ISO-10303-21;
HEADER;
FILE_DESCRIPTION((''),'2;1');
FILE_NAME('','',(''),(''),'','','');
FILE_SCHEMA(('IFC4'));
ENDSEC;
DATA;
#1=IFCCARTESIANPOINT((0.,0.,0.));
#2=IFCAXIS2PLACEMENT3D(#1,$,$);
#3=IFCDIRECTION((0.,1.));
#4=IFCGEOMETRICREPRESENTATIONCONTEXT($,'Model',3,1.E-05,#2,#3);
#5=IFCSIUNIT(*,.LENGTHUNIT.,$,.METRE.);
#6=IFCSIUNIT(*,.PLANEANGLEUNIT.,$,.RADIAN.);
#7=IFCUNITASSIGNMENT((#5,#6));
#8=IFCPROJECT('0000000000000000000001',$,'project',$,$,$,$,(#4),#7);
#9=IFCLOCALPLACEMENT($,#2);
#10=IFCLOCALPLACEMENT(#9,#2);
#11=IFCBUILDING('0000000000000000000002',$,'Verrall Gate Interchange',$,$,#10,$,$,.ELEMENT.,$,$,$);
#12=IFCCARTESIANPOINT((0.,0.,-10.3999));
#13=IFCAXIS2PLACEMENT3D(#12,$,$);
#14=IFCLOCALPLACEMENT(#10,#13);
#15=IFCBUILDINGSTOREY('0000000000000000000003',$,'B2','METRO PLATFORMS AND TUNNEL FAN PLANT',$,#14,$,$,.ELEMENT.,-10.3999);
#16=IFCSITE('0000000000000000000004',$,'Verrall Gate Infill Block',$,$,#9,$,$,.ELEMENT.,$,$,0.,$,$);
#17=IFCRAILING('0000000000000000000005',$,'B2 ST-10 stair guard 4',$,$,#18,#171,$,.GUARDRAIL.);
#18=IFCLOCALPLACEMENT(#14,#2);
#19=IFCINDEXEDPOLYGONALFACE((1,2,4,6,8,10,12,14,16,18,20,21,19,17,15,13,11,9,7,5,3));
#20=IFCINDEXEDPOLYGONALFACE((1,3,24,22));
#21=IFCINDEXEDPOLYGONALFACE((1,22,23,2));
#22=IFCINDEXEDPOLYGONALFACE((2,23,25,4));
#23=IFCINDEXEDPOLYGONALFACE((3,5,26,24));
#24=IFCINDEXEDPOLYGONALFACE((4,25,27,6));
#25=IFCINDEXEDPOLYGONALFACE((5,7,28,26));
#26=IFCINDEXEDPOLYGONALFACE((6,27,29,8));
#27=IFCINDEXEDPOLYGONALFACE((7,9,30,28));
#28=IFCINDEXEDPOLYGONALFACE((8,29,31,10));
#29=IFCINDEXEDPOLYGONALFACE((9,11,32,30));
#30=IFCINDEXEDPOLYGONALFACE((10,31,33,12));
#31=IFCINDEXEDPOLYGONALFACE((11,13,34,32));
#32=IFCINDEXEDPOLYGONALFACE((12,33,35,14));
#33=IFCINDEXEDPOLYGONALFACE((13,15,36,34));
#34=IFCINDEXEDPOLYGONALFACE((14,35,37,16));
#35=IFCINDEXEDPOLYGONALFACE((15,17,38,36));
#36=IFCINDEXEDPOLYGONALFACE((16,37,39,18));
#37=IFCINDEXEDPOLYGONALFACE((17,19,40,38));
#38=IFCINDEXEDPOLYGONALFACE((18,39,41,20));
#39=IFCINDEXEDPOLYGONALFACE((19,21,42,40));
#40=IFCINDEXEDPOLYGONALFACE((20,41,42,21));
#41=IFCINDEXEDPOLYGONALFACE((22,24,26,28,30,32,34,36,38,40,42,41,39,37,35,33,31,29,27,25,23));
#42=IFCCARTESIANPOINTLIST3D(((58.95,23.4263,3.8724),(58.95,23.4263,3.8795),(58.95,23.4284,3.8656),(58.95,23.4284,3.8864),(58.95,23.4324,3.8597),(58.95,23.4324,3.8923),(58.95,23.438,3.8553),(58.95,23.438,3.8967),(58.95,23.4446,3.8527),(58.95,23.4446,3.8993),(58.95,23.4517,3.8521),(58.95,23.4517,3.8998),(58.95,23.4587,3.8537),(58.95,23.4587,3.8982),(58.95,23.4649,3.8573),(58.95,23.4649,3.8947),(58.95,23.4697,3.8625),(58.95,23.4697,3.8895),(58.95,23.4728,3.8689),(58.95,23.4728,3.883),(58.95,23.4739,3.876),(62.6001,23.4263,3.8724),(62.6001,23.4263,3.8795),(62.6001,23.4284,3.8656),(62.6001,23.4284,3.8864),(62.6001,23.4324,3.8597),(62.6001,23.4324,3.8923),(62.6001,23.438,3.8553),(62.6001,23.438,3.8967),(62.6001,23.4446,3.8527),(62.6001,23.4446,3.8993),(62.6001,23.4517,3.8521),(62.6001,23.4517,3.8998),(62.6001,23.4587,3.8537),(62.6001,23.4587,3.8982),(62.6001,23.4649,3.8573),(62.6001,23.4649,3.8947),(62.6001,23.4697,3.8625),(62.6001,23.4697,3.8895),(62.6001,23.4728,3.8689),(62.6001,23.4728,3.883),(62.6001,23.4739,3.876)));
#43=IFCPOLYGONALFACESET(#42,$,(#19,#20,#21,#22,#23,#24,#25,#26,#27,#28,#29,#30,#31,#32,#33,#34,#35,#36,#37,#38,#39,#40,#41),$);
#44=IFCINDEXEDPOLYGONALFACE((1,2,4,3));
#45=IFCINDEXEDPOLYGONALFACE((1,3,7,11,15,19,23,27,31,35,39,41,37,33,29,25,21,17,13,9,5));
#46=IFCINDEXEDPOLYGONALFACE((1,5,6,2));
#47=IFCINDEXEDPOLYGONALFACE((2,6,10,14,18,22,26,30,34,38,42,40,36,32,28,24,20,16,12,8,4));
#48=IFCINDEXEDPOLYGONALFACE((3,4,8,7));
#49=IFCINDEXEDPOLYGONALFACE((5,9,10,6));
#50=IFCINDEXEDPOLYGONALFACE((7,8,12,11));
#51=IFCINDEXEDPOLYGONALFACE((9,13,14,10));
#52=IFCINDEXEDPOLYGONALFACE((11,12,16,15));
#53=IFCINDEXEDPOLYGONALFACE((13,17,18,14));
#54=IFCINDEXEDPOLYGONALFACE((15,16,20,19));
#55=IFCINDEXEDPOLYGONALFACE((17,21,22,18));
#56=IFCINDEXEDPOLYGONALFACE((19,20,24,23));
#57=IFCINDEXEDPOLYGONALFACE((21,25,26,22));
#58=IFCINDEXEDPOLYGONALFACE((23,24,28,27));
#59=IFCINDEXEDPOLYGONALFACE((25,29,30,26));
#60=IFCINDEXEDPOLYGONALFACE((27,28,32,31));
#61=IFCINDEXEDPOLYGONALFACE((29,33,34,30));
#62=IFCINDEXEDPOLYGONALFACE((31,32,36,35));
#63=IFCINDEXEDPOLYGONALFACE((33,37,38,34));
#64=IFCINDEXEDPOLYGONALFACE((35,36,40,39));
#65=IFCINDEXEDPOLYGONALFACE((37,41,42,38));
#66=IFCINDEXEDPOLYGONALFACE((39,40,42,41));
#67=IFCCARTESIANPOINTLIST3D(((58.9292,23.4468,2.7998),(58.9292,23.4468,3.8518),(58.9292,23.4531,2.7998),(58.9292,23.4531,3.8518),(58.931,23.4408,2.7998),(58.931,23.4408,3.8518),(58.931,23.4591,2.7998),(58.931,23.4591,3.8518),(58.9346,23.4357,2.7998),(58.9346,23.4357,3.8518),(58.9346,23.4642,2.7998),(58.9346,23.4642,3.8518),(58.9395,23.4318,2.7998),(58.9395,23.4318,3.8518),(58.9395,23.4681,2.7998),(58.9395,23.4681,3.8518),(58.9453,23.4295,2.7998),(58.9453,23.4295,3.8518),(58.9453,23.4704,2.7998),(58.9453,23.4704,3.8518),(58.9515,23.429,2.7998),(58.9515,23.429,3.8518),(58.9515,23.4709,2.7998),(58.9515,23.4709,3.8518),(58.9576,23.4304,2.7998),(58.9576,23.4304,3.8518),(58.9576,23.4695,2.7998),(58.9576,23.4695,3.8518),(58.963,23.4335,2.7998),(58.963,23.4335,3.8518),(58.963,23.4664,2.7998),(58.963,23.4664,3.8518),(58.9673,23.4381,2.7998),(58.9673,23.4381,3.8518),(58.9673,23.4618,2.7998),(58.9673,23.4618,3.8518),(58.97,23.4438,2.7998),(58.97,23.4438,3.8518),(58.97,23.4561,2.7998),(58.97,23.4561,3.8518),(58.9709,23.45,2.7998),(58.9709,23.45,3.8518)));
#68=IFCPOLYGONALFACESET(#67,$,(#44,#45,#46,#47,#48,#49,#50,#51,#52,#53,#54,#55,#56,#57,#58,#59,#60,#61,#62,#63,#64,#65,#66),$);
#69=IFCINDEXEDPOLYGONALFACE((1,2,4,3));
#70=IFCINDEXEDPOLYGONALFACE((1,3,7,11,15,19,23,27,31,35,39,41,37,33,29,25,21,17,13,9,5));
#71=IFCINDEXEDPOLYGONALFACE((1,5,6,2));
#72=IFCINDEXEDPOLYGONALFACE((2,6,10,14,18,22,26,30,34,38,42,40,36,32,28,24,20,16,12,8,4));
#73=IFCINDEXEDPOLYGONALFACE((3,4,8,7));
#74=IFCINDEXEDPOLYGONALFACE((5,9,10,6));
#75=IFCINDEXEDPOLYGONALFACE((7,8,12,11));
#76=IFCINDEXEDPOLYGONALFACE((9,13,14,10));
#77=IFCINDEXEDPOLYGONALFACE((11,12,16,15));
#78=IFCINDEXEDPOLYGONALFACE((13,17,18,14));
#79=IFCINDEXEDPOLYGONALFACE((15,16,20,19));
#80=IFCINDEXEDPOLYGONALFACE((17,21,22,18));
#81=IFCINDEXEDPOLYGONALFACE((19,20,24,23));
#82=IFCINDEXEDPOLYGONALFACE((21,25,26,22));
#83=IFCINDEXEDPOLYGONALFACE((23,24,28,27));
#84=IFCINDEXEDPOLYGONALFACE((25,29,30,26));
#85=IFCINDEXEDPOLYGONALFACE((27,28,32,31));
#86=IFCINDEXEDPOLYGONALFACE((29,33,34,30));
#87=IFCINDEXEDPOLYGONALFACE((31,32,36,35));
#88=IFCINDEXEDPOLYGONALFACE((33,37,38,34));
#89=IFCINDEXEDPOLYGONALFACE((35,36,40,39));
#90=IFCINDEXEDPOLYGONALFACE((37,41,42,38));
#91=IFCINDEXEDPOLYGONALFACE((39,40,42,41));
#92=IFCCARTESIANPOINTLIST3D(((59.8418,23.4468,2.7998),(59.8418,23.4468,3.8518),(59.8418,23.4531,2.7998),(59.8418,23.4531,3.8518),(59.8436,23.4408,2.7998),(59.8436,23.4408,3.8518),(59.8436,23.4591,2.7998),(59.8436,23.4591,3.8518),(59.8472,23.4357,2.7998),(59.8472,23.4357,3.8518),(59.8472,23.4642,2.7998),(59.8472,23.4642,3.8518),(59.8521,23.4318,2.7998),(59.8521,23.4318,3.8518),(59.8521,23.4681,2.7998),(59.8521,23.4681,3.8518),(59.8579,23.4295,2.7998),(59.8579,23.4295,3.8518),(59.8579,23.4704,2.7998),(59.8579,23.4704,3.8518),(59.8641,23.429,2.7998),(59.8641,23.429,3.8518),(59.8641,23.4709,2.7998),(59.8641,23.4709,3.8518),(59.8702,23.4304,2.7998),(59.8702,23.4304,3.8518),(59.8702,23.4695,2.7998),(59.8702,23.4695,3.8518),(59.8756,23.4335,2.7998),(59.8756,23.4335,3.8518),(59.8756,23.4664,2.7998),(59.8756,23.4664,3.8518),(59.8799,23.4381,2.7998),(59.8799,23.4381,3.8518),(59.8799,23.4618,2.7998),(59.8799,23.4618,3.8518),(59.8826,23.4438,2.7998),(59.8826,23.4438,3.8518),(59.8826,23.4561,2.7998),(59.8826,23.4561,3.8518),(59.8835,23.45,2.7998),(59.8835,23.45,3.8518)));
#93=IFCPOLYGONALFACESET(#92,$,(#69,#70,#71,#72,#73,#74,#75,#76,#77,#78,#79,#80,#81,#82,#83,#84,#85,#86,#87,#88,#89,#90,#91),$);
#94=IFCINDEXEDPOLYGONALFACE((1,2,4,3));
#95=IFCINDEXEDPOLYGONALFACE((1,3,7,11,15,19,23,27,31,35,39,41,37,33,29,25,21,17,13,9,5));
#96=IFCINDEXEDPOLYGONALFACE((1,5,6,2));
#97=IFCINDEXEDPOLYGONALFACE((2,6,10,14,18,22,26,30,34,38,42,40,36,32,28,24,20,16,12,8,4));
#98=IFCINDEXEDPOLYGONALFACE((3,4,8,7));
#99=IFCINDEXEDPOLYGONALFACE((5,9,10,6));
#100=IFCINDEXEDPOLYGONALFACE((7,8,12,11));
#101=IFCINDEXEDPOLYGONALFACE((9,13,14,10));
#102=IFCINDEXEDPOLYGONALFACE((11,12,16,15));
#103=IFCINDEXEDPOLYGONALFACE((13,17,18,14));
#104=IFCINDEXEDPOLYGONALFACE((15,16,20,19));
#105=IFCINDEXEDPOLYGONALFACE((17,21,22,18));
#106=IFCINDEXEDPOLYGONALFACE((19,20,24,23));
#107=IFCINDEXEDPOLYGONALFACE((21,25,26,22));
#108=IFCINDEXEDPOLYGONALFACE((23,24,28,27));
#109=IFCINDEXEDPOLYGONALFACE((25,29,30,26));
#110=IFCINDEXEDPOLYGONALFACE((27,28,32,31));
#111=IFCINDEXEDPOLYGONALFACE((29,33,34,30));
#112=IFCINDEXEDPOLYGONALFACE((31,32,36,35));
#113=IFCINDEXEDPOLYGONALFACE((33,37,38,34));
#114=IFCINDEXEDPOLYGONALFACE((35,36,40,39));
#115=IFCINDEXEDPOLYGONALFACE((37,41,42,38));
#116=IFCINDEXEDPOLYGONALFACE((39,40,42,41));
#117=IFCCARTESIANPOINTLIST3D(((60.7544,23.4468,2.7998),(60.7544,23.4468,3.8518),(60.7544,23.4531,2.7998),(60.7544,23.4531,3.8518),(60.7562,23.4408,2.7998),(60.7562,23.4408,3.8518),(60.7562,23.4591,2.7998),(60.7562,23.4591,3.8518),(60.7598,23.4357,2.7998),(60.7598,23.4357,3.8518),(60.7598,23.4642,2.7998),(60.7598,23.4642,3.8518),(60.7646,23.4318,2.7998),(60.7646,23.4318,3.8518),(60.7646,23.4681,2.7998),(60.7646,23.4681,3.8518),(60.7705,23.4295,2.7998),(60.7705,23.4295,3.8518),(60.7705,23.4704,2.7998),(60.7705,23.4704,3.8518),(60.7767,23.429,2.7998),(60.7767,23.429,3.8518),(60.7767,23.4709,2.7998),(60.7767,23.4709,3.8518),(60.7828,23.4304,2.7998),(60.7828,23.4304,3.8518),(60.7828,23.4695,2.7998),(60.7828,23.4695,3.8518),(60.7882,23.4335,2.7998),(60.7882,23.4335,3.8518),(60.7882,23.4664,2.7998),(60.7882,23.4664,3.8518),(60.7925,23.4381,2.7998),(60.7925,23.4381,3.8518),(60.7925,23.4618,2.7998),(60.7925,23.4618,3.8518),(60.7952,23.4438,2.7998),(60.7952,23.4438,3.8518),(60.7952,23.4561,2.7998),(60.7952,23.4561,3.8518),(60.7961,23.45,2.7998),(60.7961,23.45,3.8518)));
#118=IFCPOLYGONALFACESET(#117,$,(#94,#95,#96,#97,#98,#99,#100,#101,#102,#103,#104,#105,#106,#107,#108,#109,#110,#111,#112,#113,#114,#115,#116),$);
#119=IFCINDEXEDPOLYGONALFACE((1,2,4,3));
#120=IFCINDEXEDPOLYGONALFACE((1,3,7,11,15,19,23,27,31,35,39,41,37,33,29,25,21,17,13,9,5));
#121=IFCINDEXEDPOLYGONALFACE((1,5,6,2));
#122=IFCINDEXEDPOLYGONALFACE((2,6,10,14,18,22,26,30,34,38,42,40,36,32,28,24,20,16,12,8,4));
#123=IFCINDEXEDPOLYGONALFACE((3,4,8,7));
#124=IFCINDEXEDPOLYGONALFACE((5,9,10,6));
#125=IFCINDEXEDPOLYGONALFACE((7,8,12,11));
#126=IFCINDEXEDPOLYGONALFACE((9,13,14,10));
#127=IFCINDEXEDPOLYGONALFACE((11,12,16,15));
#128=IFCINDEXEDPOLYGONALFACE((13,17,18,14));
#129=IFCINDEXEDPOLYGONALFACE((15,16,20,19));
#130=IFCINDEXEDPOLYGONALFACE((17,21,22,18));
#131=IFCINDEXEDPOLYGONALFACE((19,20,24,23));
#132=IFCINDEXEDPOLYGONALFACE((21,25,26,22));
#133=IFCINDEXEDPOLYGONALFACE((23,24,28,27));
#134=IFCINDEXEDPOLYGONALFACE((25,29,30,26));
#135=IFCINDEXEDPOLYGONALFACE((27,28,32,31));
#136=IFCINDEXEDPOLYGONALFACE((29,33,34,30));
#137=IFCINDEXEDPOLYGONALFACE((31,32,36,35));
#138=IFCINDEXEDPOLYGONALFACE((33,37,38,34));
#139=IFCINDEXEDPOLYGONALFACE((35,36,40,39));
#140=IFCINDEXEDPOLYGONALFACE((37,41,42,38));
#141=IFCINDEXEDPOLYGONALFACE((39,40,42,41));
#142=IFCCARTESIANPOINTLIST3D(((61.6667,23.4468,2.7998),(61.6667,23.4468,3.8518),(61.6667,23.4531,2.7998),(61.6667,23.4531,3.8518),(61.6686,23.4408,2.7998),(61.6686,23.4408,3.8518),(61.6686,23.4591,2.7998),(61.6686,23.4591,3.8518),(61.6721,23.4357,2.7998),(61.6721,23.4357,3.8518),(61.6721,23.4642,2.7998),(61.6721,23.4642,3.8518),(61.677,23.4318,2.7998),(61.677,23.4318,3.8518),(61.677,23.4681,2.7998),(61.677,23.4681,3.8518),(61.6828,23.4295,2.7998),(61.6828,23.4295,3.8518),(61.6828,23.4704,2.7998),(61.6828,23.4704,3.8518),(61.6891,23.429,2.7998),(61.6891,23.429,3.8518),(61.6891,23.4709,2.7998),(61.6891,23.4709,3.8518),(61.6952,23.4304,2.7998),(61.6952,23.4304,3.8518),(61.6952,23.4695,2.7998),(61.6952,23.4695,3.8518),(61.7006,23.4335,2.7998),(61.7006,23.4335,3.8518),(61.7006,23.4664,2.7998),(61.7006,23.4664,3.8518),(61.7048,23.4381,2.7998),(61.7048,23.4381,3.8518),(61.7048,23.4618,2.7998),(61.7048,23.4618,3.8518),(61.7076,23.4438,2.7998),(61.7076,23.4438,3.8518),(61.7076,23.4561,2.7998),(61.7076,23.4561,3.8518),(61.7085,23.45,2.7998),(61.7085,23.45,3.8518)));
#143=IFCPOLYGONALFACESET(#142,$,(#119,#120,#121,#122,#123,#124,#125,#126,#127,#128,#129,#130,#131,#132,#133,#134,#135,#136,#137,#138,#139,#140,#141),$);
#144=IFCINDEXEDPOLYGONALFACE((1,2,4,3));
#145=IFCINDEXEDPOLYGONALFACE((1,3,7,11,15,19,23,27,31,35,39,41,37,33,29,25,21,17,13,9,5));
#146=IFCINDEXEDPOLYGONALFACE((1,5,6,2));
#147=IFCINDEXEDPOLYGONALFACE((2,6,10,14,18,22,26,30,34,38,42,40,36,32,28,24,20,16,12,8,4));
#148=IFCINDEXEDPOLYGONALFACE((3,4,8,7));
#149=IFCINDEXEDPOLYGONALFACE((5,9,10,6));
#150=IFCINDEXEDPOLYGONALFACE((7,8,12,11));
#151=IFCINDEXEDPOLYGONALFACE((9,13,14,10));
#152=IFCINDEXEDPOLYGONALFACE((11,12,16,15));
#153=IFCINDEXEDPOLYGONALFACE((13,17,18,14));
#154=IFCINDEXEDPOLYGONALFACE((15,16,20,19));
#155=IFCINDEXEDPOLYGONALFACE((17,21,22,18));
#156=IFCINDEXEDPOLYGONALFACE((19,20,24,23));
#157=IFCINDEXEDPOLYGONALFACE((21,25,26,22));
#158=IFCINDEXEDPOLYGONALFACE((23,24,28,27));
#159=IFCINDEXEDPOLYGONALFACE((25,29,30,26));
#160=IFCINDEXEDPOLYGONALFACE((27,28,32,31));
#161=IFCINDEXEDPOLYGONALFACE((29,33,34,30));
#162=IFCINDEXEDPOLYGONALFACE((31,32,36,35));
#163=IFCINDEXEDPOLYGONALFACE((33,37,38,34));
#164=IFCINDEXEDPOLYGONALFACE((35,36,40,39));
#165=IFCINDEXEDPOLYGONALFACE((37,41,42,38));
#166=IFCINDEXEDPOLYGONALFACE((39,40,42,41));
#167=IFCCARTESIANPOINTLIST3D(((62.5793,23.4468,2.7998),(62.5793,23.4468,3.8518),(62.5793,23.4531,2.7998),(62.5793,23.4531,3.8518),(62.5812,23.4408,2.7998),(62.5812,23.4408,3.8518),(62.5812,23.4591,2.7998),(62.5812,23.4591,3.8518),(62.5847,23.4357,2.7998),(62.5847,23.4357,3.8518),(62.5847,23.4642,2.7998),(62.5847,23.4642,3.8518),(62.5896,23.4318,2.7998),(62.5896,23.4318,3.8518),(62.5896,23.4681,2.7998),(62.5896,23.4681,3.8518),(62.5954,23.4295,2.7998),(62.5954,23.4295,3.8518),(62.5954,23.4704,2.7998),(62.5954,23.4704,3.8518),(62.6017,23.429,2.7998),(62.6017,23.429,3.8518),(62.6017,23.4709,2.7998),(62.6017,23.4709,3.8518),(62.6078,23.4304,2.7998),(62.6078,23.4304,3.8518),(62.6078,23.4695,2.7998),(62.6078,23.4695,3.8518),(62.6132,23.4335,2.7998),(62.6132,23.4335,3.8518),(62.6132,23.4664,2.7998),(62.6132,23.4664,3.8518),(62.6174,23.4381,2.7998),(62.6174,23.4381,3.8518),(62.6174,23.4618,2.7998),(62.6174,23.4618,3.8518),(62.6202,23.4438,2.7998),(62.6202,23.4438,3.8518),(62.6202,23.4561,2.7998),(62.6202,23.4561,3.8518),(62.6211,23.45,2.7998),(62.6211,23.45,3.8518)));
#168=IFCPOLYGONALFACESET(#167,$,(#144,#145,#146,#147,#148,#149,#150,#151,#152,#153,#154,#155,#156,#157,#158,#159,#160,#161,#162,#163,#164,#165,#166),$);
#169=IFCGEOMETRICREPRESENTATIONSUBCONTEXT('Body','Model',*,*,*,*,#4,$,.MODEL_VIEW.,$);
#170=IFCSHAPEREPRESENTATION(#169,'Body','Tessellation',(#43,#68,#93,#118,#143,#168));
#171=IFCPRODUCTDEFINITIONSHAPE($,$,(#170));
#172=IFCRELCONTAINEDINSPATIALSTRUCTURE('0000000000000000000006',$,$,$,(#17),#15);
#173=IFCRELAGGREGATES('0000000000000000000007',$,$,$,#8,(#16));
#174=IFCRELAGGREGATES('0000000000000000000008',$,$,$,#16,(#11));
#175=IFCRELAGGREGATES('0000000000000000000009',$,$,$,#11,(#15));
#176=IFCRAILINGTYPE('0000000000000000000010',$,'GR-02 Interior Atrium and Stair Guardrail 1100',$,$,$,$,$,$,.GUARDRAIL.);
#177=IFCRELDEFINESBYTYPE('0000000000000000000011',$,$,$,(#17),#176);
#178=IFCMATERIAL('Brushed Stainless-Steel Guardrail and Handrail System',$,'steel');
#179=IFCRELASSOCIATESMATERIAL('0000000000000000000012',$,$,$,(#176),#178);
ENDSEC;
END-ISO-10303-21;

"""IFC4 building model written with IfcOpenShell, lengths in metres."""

from ifc_helpers import new_model, si_unit, direction, frame, origin, origin_2d, place, context, subcontext, project, spatial, circle, extrude, material, type_object, element, save


model = new_model("IFC4")

# Units and contexts
model_context = context("Model", 3, precision=1e-05, world=origin(), true_north=direction((0.0, 1.0)))
body_context = subcontext(model_context, "Body", "Model", "MODEL_VIEW")
ifc_project = project(units=[si_unit("LENGTHUNIT", "METRE"), si_unit("PLANEANGLEUNIT", "RADIAN")], contexts=[model_context])

# Site, building, storey
site_placement = place(None, origin())
site = spatial("IfcSite", under=ifc_project, at=site_placement, Name="Verrall Gate Infill Block", CompositionType="ELEMENT", RefElevation=0.0)
building_placement = place(site_placement, origin())
building = spatial("IfcBuilding", under=site, at=building_placement, Name="Verrall Gate Interchange", CompositionType="ELEMENT")
storey_placement = place(building_placement, frame((0.0, 0.0, -10.3999)))
storey = spatial("IfcBuildingStorey", under=building, at=storey_placement, Name="B2", Description="METRO PLATFORMS AND TUNNEL FAN PLANT", CompositionType="ELEMENT", Elevation=-10.3999)

# Railing
ifc_material_1 = material(Name="Brushed Stainless-Steel Guardrail and Handrail System", Category="steel")
railing_type_1 = type_object("IfcRailingType", Name="GR-02 Interior Atrium and Stair Guardrail 1100", PredefinedType="GUARDRAIL", material=ifc_material_1)
for number, where, name in (
    (1, (58.95, 23.45, 2.7998), "B2 ST-10 stair guard 4"),
):
    element("IfcRailing", number, at=place(storey_placement, frame(where)), inside=storey, type_object=railing_type_1, Name=name, PredefinedType="GUARDRAIL", context=body_context, shape_type="SweptSolid", body=[
        extrude(circle(Radius=0.0239, at=origin_2d()), frame((0.0, 0.0, 1.0762), z_axis=(1.0, 0.0, 0.0), x_axis=(0.0, 1.0, 0.0)), (0.0, 0.0, 1.0), 3.6501),
        extrude(circle(Radius=0.021, at=origin_2d()), origin(), (0.0, 0.0, 1.0), 1.052),
        extrude(circle(Radius=0.021, at=origin_2d()), frame((0.9126, 0.0, 0.0)), (0.0, 0.0, 1.0), 1.052),
        extrude(circle(Radius=0.021, at=origin_2d()), frame((1.8252, 0.0, 0.0)), (0.0, 0.0, 1.0), 1.052),
        extrude(circle(Radius=0.021, at=origin_2d()), frame((2.7375, 0.0, 0.0)), (0.0, 0.0, 1.0), 1.052),
        extrude(circle(Radius=0.021, at=origin_2d()), frame((3.6501, 0.0, 0.0)), (0.0, 0.0, 1.0), 1.052),
    ])

save(model, "model.ifc")
